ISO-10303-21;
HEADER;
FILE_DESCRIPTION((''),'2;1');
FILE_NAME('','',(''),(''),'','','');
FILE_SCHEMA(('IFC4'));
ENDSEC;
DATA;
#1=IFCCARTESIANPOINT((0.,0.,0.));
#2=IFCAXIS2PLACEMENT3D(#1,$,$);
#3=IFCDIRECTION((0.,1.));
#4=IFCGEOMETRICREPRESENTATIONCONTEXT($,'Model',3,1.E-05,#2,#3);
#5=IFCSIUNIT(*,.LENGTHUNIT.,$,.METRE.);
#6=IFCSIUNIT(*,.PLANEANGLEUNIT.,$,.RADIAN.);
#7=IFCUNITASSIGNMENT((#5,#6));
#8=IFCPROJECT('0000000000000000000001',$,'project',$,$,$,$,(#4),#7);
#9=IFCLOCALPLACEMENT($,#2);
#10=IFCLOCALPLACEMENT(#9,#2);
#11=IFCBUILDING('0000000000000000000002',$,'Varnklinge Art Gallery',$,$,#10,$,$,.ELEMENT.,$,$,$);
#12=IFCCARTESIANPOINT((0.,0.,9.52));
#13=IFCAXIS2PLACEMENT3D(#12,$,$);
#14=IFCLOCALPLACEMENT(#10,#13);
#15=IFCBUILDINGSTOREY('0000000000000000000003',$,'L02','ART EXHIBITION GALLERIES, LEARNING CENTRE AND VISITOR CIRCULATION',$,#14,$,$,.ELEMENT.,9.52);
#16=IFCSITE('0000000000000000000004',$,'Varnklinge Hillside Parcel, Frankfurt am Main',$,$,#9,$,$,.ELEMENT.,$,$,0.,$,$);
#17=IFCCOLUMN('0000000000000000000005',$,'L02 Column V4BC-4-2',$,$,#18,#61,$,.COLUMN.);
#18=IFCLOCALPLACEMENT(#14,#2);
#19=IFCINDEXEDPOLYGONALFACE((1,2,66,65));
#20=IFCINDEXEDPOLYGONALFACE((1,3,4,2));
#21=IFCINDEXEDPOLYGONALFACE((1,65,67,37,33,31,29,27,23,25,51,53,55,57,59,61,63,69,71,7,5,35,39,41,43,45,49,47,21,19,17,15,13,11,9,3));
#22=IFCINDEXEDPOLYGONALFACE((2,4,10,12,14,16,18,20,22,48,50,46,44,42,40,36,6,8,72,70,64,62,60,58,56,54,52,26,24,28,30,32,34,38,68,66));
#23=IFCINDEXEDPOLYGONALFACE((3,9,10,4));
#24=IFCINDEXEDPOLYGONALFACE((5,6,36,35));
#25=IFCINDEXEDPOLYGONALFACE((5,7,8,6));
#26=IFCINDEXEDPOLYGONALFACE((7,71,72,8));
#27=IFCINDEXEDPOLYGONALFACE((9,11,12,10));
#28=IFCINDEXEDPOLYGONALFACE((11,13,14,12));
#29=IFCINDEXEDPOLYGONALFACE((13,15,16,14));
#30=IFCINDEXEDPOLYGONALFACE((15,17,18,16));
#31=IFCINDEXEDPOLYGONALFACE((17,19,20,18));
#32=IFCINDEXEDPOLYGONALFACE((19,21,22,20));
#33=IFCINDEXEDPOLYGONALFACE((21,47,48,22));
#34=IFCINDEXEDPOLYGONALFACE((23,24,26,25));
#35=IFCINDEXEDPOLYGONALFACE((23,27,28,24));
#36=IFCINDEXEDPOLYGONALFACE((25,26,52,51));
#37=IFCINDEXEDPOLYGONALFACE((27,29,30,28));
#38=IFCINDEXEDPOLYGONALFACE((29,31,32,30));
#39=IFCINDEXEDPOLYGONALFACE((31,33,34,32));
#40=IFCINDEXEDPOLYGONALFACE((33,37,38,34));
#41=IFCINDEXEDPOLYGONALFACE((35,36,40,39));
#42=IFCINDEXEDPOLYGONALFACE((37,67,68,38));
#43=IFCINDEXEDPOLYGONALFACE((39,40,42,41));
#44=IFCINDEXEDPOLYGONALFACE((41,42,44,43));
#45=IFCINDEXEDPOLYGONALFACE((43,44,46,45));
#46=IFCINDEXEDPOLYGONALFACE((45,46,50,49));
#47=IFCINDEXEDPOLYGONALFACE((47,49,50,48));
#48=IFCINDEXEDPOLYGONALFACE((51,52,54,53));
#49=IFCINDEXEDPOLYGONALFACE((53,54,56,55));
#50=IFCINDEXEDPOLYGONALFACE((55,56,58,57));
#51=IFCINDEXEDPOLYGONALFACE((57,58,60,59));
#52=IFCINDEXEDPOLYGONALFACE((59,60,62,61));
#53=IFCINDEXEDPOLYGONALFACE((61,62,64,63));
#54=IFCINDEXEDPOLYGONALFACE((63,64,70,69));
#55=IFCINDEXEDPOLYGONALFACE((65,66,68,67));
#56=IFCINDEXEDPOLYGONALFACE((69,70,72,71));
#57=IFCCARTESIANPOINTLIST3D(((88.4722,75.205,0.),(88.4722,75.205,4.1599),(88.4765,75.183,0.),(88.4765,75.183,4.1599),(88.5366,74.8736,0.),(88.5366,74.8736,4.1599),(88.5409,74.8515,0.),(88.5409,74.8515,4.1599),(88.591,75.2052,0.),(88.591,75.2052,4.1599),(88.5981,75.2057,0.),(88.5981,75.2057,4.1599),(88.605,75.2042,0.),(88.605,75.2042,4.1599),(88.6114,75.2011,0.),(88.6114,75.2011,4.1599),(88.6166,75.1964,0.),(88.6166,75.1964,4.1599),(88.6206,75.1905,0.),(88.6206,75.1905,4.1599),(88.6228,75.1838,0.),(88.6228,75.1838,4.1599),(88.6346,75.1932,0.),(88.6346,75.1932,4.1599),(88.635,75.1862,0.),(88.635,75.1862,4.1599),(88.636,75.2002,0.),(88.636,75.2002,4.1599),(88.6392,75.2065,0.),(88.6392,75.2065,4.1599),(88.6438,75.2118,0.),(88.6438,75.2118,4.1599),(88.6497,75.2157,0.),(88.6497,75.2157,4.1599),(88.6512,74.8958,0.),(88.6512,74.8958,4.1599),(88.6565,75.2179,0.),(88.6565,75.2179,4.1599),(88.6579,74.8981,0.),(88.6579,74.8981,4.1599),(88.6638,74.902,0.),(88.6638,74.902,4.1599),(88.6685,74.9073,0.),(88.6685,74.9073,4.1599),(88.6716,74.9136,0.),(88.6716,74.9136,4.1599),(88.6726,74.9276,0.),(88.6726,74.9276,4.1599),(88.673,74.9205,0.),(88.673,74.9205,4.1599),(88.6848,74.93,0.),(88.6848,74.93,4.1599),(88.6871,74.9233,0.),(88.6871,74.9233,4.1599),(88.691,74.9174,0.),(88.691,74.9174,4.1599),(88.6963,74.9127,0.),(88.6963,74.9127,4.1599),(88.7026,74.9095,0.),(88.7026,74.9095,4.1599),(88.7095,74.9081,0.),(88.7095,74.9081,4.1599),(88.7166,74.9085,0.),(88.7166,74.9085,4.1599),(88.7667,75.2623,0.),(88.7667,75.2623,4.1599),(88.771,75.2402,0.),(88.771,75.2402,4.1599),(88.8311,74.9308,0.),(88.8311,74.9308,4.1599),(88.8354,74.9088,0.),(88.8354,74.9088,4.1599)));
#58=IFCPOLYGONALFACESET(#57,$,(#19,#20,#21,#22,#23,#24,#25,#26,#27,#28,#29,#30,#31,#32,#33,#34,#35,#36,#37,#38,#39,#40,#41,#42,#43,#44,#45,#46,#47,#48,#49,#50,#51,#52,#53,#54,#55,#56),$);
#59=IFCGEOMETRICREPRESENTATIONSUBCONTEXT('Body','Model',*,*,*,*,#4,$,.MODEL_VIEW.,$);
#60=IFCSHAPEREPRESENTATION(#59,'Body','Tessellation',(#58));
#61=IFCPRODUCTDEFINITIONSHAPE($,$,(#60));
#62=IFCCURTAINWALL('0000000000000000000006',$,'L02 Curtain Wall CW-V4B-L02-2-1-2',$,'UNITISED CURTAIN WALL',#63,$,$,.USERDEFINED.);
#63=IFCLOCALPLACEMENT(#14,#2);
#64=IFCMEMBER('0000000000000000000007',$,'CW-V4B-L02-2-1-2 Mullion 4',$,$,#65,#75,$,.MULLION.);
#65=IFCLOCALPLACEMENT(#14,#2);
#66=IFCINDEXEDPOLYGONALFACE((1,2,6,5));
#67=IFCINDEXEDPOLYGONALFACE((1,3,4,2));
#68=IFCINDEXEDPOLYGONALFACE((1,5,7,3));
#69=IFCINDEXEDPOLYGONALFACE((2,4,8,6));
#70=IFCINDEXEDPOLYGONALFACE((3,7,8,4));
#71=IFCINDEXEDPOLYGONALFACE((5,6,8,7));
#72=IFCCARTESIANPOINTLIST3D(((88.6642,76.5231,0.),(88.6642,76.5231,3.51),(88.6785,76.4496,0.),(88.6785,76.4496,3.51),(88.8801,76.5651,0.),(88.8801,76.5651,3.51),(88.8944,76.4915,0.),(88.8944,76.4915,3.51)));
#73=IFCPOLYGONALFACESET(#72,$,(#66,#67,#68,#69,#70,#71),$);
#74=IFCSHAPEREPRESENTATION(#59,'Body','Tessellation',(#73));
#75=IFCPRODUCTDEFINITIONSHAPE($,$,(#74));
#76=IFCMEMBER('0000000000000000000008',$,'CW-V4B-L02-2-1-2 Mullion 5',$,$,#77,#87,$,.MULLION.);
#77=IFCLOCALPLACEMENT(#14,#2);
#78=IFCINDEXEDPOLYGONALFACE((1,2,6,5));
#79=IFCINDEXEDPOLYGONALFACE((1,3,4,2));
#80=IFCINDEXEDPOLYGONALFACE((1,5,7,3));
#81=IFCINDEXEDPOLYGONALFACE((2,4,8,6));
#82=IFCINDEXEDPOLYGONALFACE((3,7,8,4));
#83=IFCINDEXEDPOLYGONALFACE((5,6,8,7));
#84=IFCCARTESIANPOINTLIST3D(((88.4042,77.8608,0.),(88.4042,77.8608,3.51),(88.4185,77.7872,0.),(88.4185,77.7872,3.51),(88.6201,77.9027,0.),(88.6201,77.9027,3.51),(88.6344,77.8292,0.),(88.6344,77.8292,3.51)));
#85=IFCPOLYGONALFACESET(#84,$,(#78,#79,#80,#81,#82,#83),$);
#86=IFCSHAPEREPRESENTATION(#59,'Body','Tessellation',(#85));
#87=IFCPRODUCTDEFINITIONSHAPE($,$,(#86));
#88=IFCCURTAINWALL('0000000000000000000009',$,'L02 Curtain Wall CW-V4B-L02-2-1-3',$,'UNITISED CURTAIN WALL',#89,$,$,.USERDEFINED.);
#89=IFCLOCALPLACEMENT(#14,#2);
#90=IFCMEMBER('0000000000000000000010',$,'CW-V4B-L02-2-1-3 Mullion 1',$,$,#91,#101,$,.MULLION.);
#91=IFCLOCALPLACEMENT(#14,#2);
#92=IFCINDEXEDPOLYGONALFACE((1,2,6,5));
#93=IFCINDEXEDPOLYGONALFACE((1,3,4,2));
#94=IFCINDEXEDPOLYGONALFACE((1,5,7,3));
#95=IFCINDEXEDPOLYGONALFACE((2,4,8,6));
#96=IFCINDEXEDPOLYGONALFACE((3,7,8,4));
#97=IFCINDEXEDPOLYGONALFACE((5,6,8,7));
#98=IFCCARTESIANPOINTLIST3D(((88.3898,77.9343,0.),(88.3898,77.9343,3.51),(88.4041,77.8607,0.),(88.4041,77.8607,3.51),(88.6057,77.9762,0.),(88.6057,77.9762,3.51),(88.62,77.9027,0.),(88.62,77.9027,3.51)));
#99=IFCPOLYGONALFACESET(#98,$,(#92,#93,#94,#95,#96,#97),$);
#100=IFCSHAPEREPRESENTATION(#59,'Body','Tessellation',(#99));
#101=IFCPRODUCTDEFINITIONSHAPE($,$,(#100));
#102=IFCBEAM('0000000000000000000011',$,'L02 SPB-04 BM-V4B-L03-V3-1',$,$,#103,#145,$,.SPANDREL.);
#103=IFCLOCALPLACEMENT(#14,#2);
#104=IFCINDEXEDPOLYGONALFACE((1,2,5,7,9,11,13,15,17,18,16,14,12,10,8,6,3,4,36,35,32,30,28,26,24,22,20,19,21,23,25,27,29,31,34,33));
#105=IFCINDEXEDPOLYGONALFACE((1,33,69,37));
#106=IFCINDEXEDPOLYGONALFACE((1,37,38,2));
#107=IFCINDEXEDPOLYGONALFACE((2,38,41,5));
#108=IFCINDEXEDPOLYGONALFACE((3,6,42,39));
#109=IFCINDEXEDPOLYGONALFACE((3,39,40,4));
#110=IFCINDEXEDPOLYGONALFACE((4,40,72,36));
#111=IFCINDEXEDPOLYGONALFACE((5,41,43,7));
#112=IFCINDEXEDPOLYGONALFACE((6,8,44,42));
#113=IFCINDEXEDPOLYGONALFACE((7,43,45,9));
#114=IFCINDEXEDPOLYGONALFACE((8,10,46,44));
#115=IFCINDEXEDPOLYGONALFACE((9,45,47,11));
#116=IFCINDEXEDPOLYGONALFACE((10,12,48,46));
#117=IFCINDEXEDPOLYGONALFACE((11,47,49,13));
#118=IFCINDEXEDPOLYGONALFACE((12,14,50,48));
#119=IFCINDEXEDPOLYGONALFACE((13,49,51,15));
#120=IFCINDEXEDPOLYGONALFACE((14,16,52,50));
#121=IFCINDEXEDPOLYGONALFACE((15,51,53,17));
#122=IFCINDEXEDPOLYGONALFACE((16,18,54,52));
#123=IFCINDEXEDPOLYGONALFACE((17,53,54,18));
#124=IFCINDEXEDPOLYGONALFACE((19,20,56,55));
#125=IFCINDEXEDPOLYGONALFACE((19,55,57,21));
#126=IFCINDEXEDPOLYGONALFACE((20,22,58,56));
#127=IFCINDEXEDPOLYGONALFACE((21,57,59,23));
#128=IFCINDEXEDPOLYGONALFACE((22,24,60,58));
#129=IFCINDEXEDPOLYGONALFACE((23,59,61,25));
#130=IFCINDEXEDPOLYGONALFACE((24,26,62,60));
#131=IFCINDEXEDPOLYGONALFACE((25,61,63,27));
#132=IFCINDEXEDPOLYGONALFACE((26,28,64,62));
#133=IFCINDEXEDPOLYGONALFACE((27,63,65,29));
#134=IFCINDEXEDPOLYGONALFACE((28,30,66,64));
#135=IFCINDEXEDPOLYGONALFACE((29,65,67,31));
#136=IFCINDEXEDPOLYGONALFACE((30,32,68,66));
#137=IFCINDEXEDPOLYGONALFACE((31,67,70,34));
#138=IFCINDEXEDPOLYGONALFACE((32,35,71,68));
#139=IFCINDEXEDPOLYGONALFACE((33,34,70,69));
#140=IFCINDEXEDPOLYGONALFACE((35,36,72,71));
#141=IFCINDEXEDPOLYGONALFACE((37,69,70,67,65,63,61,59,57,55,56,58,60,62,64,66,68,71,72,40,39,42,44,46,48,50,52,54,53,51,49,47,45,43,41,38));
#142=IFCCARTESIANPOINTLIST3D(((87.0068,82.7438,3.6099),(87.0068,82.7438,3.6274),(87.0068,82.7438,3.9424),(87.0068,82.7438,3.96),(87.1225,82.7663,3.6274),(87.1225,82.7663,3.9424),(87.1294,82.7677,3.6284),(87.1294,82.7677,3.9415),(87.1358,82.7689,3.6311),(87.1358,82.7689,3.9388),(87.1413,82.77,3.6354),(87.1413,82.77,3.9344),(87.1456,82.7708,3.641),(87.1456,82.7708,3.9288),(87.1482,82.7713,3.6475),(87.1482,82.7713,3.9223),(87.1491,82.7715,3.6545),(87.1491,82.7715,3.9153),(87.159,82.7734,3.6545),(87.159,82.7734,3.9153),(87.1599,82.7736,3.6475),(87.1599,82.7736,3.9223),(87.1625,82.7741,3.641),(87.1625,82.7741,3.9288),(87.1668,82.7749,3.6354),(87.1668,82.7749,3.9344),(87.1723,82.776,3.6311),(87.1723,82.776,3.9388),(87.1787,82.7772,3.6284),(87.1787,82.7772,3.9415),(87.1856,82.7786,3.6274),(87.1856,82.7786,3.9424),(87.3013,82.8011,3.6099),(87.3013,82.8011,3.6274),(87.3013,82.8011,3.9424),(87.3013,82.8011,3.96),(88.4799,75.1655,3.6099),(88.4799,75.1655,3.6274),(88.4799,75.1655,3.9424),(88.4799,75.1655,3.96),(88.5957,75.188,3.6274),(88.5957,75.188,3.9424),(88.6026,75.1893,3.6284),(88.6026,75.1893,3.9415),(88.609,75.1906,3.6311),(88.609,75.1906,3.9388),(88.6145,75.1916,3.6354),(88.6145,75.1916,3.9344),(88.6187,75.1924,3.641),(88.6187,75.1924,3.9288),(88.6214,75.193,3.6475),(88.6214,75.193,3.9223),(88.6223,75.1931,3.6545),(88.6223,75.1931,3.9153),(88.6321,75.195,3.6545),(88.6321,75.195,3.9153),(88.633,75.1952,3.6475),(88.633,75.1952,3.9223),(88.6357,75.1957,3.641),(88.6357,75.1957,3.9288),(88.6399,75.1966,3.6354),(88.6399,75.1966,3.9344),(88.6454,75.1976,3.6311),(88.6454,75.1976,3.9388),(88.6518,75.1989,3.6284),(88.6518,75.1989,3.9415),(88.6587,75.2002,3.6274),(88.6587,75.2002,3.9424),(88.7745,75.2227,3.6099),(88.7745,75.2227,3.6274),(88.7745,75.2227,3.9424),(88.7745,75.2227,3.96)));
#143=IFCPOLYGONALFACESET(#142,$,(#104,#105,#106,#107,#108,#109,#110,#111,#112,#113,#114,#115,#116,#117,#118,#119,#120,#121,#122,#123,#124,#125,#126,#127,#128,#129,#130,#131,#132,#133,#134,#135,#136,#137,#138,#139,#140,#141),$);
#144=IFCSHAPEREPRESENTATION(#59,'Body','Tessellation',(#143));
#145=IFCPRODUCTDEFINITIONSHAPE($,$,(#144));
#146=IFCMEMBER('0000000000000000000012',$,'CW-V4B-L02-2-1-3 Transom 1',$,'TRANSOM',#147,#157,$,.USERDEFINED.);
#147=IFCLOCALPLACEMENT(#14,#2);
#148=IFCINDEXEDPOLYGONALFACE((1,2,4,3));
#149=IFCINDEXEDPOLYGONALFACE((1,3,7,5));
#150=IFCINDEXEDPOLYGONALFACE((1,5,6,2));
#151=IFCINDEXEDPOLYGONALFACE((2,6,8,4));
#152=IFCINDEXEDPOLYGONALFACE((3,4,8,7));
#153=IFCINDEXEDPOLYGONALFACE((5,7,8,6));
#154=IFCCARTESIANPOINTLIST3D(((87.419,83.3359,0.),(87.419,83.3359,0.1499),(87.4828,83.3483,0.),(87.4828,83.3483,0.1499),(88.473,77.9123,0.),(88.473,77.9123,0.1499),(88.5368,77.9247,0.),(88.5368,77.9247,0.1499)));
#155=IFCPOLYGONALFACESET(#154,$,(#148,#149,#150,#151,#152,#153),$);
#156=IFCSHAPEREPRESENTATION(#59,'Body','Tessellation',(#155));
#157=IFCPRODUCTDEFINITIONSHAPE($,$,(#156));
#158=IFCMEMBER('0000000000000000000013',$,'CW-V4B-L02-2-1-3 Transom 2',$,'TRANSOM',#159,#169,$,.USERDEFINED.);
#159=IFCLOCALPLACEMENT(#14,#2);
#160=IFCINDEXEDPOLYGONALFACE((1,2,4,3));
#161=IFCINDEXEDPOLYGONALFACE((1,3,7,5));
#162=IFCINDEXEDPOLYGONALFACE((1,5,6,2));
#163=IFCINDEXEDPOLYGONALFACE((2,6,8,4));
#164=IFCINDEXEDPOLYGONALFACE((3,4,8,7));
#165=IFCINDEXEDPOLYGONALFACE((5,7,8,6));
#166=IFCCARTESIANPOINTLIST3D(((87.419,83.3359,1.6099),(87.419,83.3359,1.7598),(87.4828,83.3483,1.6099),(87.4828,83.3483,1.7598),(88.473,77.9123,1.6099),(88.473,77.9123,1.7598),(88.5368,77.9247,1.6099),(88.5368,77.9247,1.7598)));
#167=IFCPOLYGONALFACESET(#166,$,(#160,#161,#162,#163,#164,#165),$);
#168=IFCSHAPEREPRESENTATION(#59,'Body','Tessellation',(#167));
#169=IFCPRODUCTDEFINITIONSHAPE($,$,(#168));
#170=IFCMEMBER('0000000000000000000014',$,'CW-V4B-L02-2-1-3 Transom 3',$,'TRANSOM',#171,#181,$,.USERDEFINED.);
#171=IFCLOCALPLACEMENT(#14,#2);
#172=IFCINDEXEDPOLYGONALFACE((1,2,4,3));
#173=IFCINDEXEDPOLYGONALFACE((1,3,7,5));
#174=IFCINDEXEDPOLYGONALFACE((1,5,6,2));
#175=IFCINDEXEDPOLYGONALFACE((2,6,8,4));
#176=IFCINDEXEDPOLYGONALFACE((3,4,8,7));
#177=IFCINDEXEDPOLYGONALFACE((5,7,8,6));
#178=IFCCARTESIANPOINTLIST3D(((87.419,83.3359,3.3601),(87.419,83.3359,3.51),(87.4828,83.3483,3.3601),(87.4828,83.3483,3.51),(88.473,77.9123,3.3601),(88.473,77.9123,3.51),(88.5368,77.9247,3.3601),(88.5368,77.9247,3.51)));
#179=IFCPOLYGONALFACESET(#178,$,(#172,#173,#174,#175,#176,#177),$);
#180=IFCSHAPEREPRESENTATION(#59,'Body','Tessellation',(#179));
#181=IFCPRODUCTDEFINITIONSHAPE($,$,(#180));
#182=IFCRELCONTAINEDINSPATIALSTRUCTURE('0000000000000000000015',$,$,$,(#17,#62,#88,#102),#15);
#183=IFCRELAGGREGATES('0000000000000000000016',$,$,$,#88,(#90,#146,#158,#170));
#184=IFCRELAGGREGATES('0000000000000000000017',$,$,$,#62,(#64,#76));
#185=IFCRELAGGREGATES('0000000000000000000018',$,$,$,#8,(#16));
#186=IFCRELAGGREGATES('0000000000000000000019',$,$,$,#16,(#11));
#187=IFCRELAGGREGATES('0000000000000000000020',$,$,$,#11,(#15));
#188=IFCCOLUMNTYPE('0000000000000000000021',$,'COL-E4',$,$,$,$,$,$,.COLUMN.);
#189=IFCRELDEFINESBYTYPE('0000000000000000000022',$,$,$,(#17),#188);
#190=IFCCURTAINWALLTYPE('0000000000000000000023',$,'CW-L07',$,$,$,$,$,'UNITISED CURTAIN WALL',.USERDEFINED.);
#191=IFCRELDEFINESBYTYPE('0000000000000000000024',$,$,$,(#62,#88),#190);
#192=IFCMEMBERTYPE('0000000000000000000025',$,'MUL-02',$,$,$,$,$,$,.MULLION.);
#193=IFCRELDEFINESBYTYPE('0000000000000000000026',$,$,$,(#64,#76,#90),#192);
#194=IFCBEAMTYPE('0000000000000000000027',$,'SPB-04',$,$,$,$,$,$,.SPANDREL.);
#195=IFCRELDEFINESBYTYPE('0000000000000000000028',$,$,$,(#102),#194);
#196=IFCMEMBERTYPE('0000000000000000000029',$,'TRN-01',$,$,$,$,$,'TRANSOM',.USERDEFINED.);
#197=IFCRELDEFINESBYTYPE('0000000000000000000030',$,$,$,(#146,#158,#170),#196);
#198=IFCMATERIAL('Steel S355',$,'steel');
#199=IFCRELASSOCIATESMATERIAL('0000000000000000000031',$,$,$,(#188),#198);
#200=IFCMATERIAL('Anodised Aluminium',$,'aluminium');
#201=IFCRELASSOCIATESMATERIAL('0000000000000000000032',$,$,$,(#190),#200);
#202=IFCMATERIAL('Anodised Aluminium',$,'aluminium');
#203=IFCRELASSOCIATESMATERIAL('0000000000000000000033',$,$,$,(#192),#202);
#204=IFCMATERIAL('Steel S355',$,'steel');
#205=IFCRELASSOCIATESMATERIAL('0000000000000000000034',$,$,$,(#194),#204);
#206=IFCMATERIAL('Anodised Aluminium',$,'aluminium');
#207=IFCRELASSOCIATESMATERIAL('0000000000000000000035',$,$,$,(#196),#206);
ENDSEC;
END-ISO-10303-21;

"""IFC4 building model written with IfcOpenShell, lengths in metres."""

from ifc_helpers import new_model, si_unit, direction, frame, origin, origin_2d, place, context, subcontext, project, spatial, rectangle, i_section, extrude, material, material_profile, profile_set, type_object, element, aggregate, save


model = new_model("IFC4")

# Units and contexts
model_context = context("Model", 3, precision=1e-05, world=origin(), true_north=direction((0.0, 1.0)))
body_context = subcontext(model_context, "Body", "Model", "MODEL_VIEW")
ifc_project = project(units=[si_unit("LENGTHUNIT", "METRE"), si_unit("PLANEANGLEUNIT", "RADIAN")], contexts=[model_context])

# Site, building, storey
site_placement = place(None, origin())
site = spatial("IfcSite", under=ifc_project, at=site_placement, Name="Varnklinge Hillside Parcel, Frankfurt am Main", CompositionType="ELEMENT", RefElevation=0.0)
building_placement = place(site_placement, origin())
building = spatial("IfcBuilding", under=site, at=building_placement, Name="Varnklinge Art Gallery", CompositionType="ELEMENT")
storey_placement = place(building_placement, frame((0.0, 0.0, 9.52)))
storey = spatial("IfcBuildingStorey", under=building, at=storey_placement, Name="L02", Description="ART EXHIBITION GALLERIES, LEARNING CENTRE AND VISITOR CIRCULATION", CompositionType="ELEMENT", Elevation=9.52)

# Column
ifc_material_1 = material(Name="Steel S355", Category="steel")
ifc_material_profile_1 = material_profile(ifc_material_1, i_section(OverallWidth=0.3, OverallDepth=0.3601, WebThickness=0.0125, FlangeThickness=0.0225, FilletRadius=0.0271, at=origin_2d()), Name="HEB 360")
ifc_profile_set_1 = profile_set([ifc_material_profile_1], Name="Steel S355")
column_type = type_object("IfcColumnType", Name="COL-E4", PredefinedType="COLUMN", material=ifc_profile_set_1)
column_placement = place(storey_placement, frame((88.6538, 75.0569, 0.0), z_axis=(0.0, 0.0, 1.0), x_axis=(0.981627, 0.190809, 0.0)))
element("IfcColumn", 1, at=column_placement, inside=storey, type_object=column_type, Name="L02 Column V4BC-4-2", PredefinedType="COLUMN", context=body_context, shape_type="SweptSolid", body=[
    extrude(i_section(OverallWidth=0.3, OverallDepth=0.3601, WebThickness=0.0125, FlangeThickness=0.0225, FilletRadius=0.0271, at=origin_2d()), origin(), (0.0, 0.0, 1.0), 4.1599),
])

# Curtain wall, members
ifc_material_2 = material(Name="Anodised Aluminium", Category="aluminium")
curtain_wall_type = type_object("IfcCurtainWallType", Name="CW-L07", ElementType="UNITISED CURTAIN WALL", PredefinedType="USERDEFINED", material=ifc_material_2)
curtain_wall_1_placement = place(storey_placement, origin())
curtain_wall_1 = element("IfcCurtainWall", 2, at=curtain_wall_1_placement, inside=storey, type_object=curtain_wall_type, Name="L02 Curtain Wall CW-V4B-L02-2-1-2", ObjectType="UNITISED CURTAIN WALL", PredefinedType="USERDEFINED")
ifc_material_3 = material(Name="Anodised Aluminium", Category="aluminium")
ifc_material_profile_2 = material_profile(ifc_material_3, rectangle(XDim=0.075, YDim=0.22, at=origin_2d()), Name="ALU 75x220")
ifc_profile_set_2 = profile_set([ifc_material_profile_2], Name="Anodised Aluminium")
member_type_1 = type_object("IfcMemberType", Name="MUL-02", PredefinedType="MULLION", material=ifc_profile_set_2)
member_1_placement = place(storey_placement, frame((88.7793, 76.5073, 0.0), z_axis=(0.0, 0.0, 1.0), x_axis=(-0.190809, 0.981627, 0.0)))
member_1 = element("IfcMember", 3, at=member_1_placement, type_object=member_type_1, Name="CW-V4B-L02-2-1-2 Mullion 4", PredefinedType="MULLION", context=body_context, shape_type="SweptSolid", body=[
    extrude(rectangle(XDim=0.075, YDim=0.22, at=origin_2d()), origin(), (0.0, 0.0, 1.0), 3.51),
])
member_2_placement = place(storey_placement, frame((88.5193, 77.845, 0.0), z_axis=(0.0, 0.0, 1.0), x_axis=(-0.190809, 0.981627, 0.0)))
member_2 = element("IfcMember", 4, at=member_2_placement, type_object=member_type_1, Name="CW-V4B-L02-2-1-2 Mullion 5", PredefinedType="MULLION", context=body_context, shape_type="SweptSolid", body=[
    extrude(rectangle(XDim=0.075, YDim=0.22, at=origin_2d()), origin(), (0.0, 0.0, 1.0), 3.51),
])

# Curtain wall, member
curtain_wall_2_placement = place(storey_placement, origin())
curtain_wall_2 = element("IfcCurtainWall", 5, at=curtain_wall_2_placement, inside=storey, type_object=curtain_wall_type, Name="L02 Curtain Wall CW-V4B-L02-2-1-3", ObjectType="UNITISED CURTAIN WALL", PredefinedType="USERDEFINED")
member_3_placement = place(storey_placement, frame((88.5049, 77.9185, 0.0), z_axis=(0.0, 0.0, 1.0), x_axis=(-0.190809, 0.981627, 0.0)))
member_3 = element("IfcMember", 6, at=member_3_placement, type_object=member_type_1, Name="CW-V4B-L02-2-1-3 Mullion 1", PredefinedType="MULLION", context=body_context, shape_type="SweptSolid", body=[
    extrude(rectangle(XDim=0.075, YDim=0.22, at=origin_2d()), origin(), (0.0, 0.0, 1.0), 3.51),
])

# Beam
ifc_material_4 = material(Name="Steel S355", Category="steel")
ifc_material_profile_3 = material_profile(ifc_material_4, i_section(OverallWidth=0.3, OverallDepth=0.3501, WebThickness=0.01, FlangeThickness=0.0176, FilletRadius=0.0271, at=origin_2d()), Name="HEA 360")
ifc_profile_set_3 = profile_set([ifc_material_profile_3], Name="Steel S355")
beam_type = type_object("IfcBeamType", Name="SPB-04", PredefinedType="SPANDREL", material=ifc_profile_set_3)
beam_placement = place(storey_placement, frame((88.6272, 75.1941, 3.7849), z_axis=(-0.190816, 0.981626, 0.0), x_axis=(-0.981626, -0.190816, 0.0)))
element("IfcBeam", 7, at=beam_placement, inside=storey, type_object=beam_type, Name="L02 SPB-04 BM-V4B-L03-V3-1", PredefinedType="SPANDREL", context=body_context, shape_type="SweptSolid", body=[
    extrude(i_section(OverallWidth=0.3, OverallDepth=0.3501, WebThickness=0.01, FlangeThickness=0.0176, FilletRadius=0.0271, at=origin_2d()), origin(), (0.0, 0.0, 1.0), 7.7202),
])

# Members
ifc_material_5 = material(Name="Anodised Aluminium", Category="aluminium")
ifc_material_profile_4 = material_profile(ifc_material_5, rectangle(XDim=0.0649, YDim=0.1499, at=origin_2d()), Name="ALU 65x150")
ifc_profile_set_4 = profile_set([ifc_material_profile_4], Name="Anodised Aluminium")
member_type_2 = type_object("IfcMemberType", Name="TRN-01", ElementType="TRANSOM", PredefinedType="USERDEFINED", material=ifc_profile_set_4)
member_4_placement = place(storey_placement, frame((88.5049, 77.9185, 0.075), z_axis=(-0.19076, 0.981637, 0.0), x_axis=(-0.981637, -0.19076, 0.0)))
member_4 = element("IfcMember", 8, at=member_4_placement, type_object=member_type_2, Name="CW-V4B-L02-2-1-3 Transom 1", ObjectType="TRANSOM", PredefinedType="USERDEFINED", context=body_context, shape_type="SweptSolid", body=[
    extrude(rectangle(XDim=0.0649, YDim=0.1499, at=origin_2d()), origin(), (0.0, 0.0, 1.0), 5.5251),
])
member_5_placement = place(storey_placement, frame((88.5049, 77.9185, 1.6848), z_axis=(-0.19076, 0.981637, 0.0), x_axis=(-0.981637, -0.19076, 0.0)))
member_5 = element("IfcMember", 9, at=member_5_placement, type_object=member_type_2, Name="CW-V4B-L02-2-1-3 Transom 2", ObjectType="TRANSOM", PredefinedType="USERDEFINED", context=body_context, shape_type="SweptSolid", body=[
    extrude(rectangle(XDim=0.0649, YDim=0.1499, at=origin_2d()), origin(), (0.0, 0.0, 1.0), 5.5251),
])
member_6_placement = place(storey_placement, frame((88.5049, 77.9185, 3.4351), z_axis=(-0.19076, 0.981637, 0.0), x_axis=(-0.981637, -0.19076, 0.0)))
member_6 = element("IfcMember", 10, at=member_6_placement, type_object=member_type_2, Name="CW-V4B-L02-2-1-3 Transom 3", ObjectType="TRANSOM", PredefinedType="USERDEFINED", context=body_context, shape_type="SweptSolid", body=[
    extrude(rectangle(XDim=0.0649, YDim=0.1499, at=origin_2d()), origin(), (0.0, 0.0, 1.0), 5.5251),
])
aggregate(curtain_wall_2, [member_3, member_4, member_5, member_6])

aggregate(curtain_wall_1, [member_1, member_2])

save(model, "model.ifc")
